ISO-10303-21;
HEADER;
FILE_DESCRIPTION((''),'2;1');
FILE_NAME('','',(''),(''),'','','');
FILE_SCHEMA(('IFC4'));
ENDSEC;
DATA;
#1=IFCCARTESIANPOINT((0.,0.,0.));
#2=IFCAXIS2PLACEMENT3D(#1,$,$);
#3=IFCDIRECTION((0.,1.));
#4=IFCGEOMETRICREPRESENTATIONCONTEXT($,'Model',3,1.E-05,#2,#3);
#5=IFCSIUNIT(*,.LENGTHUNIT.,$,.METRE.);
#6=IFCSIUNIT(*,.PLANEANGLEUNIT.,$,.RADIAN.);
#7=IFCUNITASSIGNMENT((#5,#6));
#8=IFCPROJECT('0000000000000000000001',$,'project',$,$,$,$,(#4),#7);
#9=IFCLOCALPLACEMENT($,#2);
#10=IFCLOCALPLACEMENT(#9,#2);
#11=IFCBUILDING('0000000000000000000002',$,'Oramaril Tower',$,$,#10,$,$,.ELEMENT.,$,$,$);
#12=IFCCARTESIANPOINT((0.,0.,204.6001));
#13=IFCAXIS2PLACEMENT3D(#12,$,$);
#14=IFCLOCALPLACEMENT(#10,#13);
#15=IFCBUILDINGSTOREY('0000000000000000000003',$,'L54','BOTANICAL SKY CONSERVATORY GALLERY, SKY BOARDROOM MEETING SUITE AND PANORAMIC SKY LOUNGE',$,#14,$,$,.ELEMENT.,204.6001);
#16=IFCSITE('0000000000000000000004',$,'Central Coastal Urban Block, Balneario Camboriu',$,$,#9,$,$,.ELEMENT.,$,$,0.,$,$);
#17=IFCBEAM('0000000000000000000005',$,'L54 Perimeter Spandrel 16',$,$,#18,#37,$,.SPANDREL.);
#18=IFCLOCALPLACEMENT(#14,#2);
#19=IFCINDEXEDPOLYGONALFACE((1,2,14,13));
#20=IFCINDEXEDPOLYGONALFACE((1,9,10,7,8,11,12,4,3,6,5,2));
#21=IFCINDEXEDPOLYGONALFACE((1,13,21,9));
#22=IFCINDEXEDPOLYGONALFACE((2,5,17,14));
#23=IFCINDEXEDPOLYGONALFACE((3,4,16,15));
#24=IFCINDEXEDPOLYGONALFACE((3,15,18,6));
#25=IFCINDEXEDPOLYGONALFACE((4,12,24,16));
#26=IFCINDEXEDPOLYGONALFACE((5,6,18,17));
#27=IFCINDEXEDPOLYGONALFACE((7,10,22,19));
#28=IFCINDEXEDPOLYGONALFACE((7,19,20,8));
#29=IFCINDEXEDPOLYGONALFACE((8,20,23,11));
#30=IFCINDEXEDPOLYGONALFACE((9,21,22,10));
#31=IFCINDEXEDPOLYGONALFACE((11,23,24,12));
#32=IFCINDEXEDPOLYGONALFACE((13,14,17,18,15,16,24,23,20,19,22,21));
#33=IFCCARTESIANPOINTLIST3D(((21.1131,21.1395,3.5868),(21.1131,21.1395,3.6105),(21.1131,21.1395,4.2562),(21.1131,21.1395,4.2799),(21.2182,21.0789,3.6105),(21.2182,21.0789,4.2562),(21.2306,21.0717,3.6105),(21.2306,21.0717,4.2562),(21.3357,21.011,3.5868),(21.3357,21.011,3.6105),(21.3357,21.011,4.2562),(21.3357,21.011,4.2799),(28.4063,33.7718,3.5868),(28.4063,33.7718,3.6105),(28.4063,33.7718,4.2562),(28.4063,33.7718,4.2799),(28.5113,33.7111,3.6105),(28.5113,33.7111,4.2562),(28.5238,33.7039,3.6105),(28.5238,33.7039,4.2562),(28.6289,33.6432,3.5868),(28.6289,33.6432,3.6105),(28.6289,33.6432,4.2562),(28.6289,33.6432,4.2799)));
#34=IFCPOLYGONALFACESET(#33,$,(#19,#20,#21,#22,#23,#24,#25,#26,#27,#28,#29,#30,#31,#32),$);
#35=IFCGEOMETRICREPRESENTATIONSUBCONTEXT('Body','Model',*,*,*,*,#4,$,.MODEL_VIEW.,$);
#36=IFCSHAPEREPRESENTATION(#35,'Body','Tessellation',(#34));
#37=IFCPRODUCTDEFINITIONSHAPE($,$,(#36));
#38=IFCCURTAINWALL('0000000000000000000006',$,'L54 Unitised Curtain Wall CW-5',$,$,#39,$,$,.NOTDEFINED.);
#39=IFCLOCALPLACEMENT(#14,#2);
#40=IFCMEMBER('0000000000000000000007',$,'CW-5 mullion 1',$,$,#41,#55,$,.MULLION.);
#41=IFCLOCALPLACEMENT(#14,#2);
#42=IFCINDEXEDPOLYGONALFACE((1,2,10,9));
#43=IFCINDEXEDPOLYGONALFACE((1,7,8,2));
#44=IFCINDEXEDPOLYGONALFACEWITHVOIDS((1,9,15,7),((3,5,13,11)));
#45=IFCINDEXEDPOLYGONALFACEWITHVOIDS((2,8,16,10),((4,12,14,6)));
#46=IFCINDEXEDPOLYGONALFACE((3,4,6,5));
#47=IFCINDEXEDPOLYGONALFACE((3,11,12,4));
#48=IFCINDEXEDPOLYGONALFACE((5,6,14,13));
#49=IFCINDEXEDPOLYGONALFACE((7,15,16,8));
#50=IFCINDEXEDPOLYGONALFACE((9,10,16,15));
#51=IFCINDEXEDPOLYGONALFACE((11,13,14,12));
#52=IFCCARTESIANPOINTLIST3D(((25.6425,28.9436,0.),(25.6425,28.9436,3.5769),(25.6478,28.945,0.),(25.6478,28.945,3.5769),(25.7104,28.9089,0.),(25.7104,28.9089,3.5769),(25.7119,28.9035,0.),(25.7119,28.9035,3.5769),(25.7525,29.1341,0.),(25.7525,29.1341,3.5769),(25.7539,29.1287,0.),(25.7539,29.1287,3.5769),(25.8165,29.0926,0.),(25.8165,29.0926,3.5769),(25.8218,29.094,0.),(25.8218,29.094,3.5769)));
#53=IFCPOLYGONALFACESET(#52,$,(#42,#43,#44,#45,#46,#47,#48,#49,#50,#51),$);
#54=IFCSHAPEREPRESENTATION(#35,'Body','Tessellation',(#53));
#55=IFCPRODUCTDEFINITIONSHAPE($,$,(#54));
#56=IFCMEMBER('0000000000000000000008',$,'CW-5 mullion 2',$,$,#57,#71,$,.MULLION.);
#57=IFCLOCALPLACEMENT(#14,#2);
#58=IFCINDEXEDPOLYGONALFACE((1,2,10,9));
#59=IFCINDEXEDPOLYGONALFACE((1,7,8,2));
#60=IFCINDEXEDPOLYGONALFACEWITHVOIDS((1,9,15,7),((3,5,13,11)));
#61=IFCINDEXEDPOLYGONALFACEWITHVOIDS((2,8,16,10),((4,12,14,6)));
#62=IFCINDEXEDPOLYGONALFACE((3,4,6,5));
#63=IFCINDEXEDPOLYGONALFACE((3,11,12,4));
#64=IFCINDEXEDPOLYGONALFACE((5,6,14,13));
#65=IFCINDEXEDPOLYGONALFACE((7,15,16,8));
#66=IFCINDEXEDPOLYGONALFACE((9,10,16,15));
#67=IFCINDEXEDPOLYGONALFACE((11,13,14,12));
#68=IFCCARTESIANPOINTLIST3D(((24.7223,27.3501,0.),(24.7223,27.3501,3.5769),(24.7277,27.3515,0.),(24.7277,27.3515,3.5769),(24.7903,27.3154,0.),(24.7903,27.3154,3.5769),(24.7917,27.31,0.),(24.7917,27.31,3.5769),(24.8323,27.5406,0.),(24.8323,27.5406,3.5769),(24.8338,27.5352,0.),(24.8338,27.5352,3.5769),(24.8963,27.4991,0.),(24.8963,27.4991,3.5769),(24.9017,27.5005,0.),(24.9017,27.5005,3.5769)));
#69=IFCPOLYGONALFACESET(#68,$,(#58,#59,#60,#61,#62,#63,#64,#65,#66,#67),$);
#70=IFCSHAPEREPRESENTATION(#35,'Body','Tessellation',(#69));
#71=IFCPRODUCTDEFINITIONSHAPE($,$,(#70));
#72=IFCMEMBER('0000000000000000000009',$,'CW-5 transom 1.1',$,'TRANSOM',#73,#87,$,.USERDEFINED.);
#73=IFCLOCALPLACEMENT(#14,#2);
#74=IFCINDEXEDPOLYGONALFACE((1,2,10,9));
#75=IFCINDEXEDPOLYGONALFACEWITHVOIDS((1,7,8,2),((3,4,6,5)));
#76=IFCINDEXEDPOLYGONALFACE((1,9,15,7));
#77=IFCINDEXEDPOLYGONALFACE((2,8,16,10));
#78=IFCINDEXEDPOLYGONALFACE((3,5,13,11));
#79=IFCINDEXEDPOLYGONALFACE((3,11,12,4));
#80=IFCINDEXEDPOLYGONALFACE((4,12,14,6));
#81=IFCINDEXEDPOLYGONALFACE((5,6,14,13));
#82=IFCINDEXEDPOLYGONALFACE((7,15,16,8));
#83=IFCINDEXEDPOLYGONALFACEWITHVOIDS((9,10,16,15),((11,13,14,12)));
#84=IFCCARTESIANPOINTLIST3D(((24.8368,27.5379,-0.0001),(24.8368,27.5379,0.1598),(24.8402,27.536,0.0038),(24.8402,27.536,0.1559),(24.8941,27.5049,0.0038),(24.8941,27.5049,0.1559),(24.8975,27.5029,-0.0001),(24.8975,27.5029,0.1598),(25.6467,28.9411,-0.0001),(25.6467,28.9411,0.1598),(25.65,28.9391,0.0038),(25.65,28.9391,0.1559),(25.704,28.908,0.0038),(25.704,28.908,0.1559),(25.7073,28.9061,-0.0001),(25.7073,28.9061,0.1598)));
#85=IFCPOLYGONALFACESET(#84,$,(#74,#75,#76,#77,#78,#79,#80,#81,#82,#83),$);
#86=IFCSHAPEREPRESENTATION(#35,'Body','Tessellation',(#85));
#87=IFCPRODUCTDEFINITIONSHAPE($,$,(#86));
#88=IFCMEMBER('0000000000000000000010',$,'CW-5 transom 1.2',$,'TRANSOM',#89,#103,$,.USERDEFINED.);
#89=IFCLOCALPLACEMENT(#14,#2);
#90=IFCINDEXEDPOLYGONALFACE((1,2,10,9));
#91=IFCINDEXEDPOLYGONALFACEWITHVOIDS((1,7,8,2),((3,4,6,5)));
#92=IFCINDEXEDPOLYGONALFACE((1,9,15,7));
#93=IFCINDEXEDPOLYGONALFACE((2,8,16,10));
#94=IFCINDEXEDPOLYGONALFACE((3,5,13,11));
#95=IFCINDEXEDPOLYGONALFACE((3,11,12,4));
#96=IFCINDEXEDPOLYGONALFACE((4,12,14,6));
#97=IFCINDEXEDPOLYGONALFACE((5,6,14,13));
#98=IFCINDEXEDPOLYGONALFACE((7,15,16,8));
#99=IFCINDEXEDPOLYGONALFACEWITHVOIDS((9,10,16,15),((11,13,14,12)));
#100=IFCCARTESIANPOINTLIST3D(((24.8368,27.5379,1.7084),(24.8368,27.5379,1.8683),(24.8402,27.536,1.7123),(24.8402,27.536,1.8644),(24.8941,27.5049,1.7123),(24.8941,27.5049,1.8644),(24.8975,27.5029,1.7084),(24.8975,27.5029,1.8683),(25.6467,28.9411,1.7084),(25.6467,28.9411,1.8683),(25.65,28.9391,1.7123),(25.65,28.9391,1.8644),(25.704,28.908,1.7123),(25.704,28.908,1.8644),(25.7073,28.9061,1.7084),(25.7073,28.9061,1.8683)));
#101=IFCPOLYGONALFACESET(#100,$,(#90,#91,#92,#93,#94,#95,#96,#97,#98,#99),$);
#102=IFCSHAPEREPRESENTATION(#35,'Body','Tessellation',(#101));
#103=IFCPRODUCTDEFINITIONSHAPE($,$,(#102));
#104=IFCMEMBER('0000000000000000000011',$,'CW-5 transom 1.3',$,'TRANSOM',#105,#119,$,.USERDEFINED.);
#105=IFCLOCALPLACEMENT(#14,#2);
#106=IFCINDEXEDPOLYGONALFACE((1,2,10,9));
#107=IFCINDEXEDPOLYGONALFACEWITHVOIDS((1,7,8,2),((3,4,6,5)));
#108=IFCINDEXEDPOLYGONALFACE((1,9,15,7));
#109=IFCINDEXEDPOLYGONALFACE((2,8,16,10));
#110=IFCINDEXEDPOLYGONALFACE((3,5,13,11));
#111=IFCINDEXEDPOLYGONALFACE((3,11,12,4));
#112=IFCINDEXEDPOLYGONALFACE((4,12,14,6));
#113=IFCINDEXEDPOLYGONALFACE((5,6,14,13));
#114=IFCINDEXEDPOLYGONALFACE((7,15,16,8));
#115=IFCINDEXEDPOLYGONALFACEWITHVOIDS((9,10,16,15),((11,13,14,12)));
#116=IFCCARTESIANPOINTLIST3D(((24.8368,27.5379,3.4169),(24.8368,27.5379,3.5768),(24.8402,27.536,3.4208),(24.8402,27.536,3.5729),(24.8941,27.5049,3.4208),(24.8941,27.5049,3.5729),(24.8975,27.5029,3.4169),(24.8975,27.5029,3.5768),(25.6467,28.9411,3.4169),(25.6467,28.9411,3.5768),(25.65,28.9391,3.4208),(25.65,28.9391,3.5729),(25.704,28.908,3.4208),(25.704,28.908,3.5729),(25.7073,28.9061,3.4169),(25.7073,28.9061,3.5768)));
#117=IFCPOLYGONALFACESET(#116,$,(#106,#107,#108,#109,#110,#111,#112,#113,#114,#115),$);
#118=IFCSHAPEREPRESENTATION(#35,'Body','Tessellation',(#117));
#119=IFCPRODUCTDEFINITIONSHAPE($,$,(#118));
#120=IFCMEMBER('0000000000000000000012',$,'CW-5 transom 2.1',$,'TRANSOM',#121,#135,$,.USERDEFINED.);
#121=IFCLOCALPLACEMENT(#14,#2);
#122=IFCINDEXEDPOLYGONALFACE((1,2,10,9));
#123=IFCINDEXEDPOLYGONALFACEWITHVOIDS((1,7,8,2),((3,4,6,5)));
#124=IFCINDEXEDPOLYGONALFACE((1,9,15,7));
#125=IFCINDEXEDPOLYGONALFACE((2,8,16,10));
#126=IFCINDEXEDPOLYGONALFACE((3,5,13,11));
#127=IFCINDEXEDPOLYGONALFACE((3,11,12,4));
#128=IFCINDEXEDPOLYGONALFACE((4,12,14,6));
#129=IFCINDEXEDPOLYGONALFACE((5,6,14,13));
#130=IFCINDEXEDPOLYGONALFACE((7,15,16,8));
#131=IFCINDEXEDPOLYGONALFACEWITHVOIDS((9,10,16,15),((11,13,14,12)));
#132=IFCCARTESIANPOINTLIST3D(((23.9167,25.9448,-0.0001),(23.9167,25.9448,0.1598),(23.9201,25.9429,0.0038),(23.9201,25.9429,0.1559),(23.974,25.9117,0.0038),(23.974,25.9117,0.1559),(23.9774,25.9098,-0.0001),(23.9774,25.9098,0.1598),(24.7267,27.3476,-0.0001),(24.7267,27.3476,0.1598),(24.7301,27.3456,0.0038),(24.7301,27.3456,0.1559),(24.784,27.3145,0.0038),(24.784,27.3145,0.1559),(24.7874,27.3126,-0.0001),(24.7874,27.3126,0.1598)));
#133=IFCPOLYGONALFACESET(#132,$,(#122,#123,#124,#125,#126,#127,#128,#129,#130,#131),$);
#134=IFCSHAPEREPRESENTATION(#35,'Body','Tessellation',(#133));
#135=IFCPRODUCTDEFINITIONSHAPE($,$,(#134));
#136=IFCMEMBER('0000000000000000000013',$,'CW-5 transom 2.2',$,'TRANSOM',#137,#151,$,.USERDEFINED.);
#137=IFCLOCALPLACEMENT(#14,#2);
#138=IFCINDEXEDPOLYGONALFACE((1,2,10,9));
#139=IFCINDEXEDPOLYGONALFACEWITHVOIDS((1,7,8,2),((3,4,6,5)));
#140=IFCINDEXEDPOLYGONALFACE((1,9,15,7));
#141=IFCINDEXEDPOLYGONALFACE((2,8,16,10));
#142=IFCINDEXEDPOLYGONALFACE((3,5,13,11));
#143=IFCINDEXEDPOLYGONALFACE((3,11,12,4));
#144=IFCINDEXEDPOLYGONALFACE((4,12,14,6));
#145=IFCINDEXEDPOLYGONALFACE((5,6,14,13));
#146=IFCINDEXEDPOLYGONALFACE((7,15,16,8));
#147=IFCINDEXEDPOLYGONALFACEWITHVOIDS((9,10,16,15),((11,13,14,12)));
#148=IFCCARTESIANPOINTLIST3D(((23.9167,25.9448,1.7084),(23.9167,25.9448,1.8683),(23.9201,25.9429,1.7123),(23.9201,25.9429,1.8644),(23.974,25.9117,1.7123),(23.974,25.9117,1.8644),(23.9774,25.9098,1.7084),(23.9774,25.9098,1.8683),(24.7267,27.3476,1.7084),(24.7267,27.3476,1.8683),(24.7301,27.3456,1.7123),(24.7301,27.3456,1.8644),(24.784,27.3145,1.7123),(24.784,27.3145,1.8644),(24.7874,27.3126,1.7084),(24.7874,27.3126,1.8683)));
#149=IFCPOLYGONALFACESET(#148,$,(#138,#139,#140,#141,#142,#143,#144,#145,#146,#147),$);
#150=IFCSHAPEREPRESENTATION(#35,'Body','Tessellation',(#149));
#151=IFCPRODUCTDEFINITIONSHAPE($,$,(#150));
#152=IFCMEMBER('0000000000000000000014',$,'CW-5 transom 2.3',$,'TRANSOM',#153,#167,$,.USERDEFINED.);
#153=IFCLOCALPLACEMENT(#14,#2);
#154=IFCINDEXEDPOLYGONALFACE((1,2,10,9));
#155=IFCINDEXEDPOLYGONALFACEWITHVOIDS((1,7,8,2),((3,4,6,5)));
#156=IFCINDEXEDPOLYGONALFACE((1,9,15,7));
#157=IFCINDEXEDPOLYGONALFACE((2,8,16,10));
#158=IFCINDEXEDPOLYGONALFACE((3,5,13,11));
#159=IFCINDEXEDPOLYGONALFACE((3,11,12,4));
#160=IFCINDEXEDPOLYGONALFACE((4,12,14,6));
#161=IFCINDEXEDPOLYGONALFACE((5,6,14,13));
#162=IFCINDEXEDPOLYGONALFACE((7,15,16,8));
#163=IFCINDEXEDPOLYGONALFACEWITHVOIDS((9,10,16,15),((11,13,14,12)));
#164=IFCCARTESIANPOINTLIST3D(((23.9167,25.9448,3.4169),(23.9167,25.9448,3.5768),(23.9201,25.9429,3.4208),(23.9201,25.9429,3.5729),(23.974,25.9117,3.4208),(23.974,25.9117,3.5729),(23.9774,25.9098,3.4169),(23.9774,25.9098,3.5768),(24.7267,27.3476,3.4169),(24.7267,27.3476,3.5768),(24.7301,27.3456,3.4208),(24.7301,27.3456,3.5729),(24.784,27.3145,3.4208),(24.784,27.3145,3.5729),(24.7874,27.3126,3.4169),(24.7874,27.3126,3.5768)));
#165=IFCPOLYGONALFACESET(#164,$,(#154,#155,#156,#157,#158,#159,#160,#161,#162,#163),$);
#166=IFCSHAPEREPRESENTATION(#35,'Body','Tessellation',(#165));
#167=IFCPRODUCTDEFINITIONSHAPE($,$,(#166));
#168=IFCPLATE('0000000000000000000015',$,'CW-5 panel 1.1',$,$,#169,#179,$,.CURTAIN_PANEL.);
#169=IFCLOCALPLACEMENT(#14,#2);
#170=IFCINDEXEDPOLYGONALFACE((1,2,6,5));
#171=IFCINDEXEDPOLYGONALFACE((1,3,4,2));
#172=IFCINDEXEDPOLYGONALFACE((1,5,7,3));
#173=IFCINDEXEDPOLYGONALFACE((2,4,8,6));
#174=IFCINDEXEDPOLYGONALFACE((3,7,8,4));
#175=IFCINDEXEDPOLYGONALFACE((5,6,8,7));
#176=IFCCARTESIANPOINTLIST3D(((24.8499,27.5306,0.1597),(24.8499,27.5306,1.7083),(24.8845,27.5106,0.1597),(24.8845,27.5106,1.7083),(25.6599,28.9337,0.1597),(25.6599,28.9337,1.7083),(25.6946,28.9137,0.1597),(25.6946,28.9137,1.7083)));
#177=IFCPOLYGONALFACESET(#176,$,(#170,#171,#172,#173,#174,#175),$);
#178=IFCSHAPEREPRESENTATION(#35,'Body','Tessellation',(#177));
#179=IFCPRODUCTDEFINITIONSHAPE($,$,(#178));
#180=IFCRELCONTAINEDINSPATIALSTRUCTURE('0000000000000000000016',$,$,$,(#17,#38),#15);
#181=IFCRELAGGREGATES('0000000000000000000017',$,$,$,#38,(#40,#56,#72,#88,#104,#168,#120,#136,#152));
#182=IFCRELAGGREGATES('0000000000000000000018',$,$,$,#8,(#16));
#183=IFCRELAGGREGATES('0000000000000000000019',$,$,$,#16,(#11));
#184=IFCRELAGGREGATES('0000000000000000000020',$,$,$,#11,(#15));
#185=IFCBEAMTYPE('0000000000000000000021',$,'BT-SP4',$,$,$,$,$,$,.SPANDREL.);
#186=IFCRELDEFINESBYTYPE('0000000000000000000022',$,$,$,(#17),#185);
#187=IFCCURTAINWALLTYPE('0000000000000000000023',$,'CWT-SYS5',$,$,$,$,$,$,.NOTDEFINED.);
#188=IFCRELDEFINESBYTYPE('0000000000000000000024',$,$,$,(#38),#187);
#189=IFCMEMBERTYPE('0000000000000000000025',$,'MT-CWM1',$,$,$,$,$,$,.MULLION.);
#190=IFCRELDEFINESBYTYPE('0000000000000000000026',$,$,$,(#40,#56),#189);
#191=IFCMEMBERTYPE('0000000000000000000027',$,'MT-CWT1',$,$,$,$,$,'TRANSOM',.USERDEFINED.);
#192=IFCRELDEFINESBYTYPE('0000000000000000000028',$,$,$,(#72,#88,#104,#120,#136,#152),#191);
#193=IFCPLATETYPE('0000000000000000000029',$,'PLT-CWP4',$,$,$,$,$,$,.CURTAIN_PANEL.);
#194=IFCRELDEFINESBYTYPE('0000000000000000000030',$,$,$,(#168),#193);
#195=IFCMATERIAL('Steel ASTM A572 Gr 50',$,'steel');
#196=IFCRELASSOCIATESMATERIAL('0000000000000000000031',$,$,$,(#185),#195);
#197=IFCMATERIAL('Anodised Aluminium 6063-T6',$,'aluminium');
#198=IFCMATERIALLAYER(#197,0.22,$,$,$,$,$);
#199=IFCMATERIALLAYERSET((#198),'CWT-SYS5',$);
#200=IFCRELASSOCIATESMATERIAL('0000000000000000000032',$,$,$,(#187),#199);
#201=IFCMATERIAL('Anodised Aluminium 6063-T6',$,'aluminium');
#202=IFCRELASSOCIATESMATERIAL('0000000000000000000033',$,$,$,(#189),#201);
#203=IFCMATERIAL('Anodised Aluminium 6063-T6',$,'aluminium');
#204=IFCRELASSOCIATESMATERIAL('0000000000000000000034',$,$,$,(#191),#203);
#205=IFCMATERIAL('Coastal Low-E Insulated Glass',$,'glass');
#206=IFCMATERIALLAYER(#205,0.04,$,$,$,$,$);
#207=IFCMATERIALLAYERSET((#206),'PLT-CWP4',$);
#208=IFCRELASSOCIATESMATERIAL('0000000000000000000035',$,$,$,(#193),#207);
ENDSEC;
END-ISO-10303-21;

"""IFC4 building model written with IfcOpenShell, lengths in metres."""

from ifc_helpers import new_model, si_unit, direction, frame, origin, origin_2d, place, context, subcontext, project, spatial, rectangle, hollow_rectangle, i_section, extrude, material, layer, layer_set, material_profile, profile_set, type_object, element, aggregate, save


model = new_model("IFC4")

# Units and contexts
model_context = context("Model", 3, precision=1e-05, world=origin(), true_north=direction((0.0, 1.0)))
body_context = subcontext(model_context, "Body", "Model", "MODEL_VIEW")
ifc_project = project(units=[si_unit("LENGTHUNIT", "METRE"), si_unit("PLANEANGLEUNIT", "RADIAN")], contexts=[model_context])

# Site, building, storey
site_placement = place(None, origin())
site = spatial("IfcSite", under=ifc_project, at=site_placement, Name="Central Coastal Urban Block, Balneario Camboriu", CompositionType="ELEMENT", RefElevation=0.0)
building_placement = place(site_placement, origin())
building = spatial("IfcBuilding", under=site, at=building_placement, Name="Oramaril Tower", CompositionType="ELEMENT")
storey_placement = place(building_placement, frame((0.0, 0.0, 204.6001)))
storey = spatial("IfcBuildingStorey", under=building, at=storey_placement, Name="L54", Description="BOTANICAL SKY CONSERVATORY GALLERY, SKY BOARDROOM MEETING SUITE AND PANORAMIC SKY LOUNGE", CompositionType="ELEMENT", Elevation=204.6001)

# Beam
ifc_material_1 = material(Name="Steel ASTM A572 Gr 50", Category="steel")
ifc_material_profile_1 = material_profile(ifc_material_1, i_section(OverallWidth=0.2571, OverallDepth=0.6931, WebThickness=0.0144, FlangeThickness=0.0237, at=origin_2d()), Name="W27X114")
ifc_profile_set_1 = profile_set([ifc_material_profile_1], Name="Steel ASTM A572 Gr 50")
beam_type = type_object("IfcBeamType", Name="BT-SP4", PredefinedType="SPANDREL", material=ifc_profile_set_1)
beam_placement = place(storey_placement, frame((28.5176, 33.7075, 3.9333), z_axis=(-0.499997, -0.866027, 0.0), x_axis=(0.866027, -0.499997, 0.0)))
element("IfcBeam", 1, at=beam_placement, inside=storey, type_object=beam_type, Name="L54 Perimeter Spandrel 16", PredefinedType="SPANDREL", context=body_context, shape_type="SweptSolid", body=[
    extrude(i_section(OverallWidth=0.2571, OverallDepth=0.6931, WebThickness=0.0144, FlangeThickness=0.0237, at=origin_2d()), origin(), (0.0, 0.0, 1.0), 14.5864),
])

# Curtain wall, members, plate
ifc_material_2 = material(Name="Anodised Aluminium 6063-T6", Category="aluminium")
ifc_layer_1 = layer(ifc_material_2, 0.22)
ifc_layer_set_1 = layer_set([ifc_layer_1], Name="CWT-SYS5")
curtain_wall_type = type_object("IfcCurtainWallType", Name="CWT-SYS5", PredefinedType="NOTDEFINED", material=ifc_layer_set_1)
curtain_wall_placement = place(storey_placement, origin())
curtain_wall = element("IfcCurtainWall", 2, at=curtain_wall_placement, inside=storey, type_object=curtain_wall_type, Name="L54 Unitised Curtain Wall CW-5", PredefinedType="NOTDEFINED")
ifc_material_3 = material(Name="Anodised Aluminium 6063-T6", Category="aluminium")
ifc_material_profile_2 = material_profile(ifc_material_3, hollow_rectangle(XDim=0.0801, YDim=0.22, WallThickness=0.0039, at=origin_2d()), Name="CWM220X80")
ifc_profile_set_2 = profile_set([ifc_material_profile_2], Name="Anodised Aluminium 6063-T6")
member_type_1 = type_object("IfcMemberType", Name="MT-CWM1", PredefinedType="MULLION", material=ifc_profile_set_2)
member_1_placement = place(storey_placement, frame((25.7322, 29.0188, 0.0), z_axis=(0.0, 0.0, 1.0), x_axis=(0.866025, -0.5, 0.0)))
member_1 = element("IfcMember", 3, at=member_1_placement, type_object=member_type_1, Name="CW-5 mullion 1", PredefinedType="MULLION", context=body_context, shape_type="SweptSolid", body=[
    extrude(hollow_rectangle(XDim=0.0801, YDim=0.22, WallThickness=0.0039, at=origin_2d()), origin(), (0.0, 0.0, 1.0), 3.5769),
])
member_2_placement = place(storey_placement, frame((24.812, 27.4253, 0.0), z_axis=(0.0, 0.0, 1.0), x_axis=(0.866025, -0.5, 0.0)))
member_2 = element("IfcMember", 4, at=member_2_placement, type_object=member_type_1, Name="CW-5 mullion 2", PredefinedType="MULLION", context=body_context, shape_type="SweptSolid", body=[
    extrude(hollow_rectangle(XDim=0.0801, YDim=0.22, WallThickness=0.0039, at=origin_2d()), origin(), (0.0, 0.0, 1.0), 3.5769),
])
ifc_material_4 = material(Name="Anodised Aluminium 6063-T6", Category="aluminium")
ifc_material_profile_3 = material_profile(ifc_material_4, hollow_rectangle(XDim=0.0701, YDim=0.1599, WallThickness=0.0039, at=origin_2d()), Name="CWT160X70")
ifc_profile_set_3 = profile_set([ifc_material_profile_3], Name="Anodised Aluminium 6063-T6")
member_type_2 = type_object("IfcMemberType", Name="MT-CWT1", ElementType="TRANSOM", PredefinedType="USERDEFINED", material=ifc_profile_set_3)
member_3_placement = place(storey_placement, frame((25.677, 28.9236, 0.0798), z_axis=(-0.499883, -0.866093, 0.0), x_axis=(0.866093, -0.499883, 0.0)))
member_3 = element("IfcMember", 5, at=member_3_placement, type_object=member_type_2, Name="CW-5 transom 1.1", ObjectType="TRANSOM", PredefinedType="USERDEFINED", context=body_context, shape_type="SweptSolid", body=[
    extrude(hollow_rectangle(XDim=0.0701, YDim=0.1599, WallThickness=0.0039, at=origin_2d()), origin(), (0.0, 0.0, 1.0), 1.6201),
])
member_4_placement = place(storey_placement, frame((25.677, 28.9236, 1.7883), z_axis=(-0.499883, -0.866093, 0.0), x_axis=(0.866093, -0.499883, 0.0)))
member_4 = element("IfcMember", 6, at=member_4_placement, type_object=member_type_2, Name="CW-5 transom 1.2", ObjectType="TRANSOM", PredefinedType="USERDEFINED", context=body_context, shape_type="SweptSolid", body=[
    extrude(hollow_rectangle(XDim=0.0701, YDim=0.1599, WallThickness=0.0039, at=origin_2d()), origin(), (0.0, 0.0, 1.0), 1.6201),
])
member_5_placement = place(storey_placement, frame((25.677, 28.9236, 3.4968), z_axis=(-0.499883, -0.866093, 0.0), x_axis=(0.866093, -0.499883, 0.0)))
member_5 = element("IfcMember", 7, at=member_5_placement, type_object=member_type_2, Name="CW-5 transom 1.3", ObjectType="TRANSOM", PredefinedType="USERDEFINED", context=body_context, shape_type="SweptSolid", body=[
    extrude(hollow_rectangle(XDim=0.0701, YDim=0.1599, WallThickness=0.0039, at=origin_2d()), origin(), (0.0, 0.0, 1.0), 1.6201),
])
member_6_placement = place(storey_placement, frame((24.7571, 27.3301, 0.0798), z_axis=(-0.500062, -0.86599, 0.0), x_axis=(0.86599, -0.500062, 0.0)))
member_6 = element("IfcMember", 8, at=member_6_placement, type_object=member_type_2, Name="CW-5 transom 2.1", ObjectType="TRANSOM", PredefinedType="USERDEFINED", context=body_context, shape_type="SweptSolid", body=[
    extrude(hollow_rectangle(XDim=0.0701, YDim=0.1599, WallThickness=0.0039, at=origin_2d()), origin(), (0.0, 0.0, 1.0), 1.6199),
])
member_7_placement = place(storey_placement, frame((24.7571, 27.3301, 1.7883), z_axis=(-0.500062, -0.86599, 0.0), x_axis=(0.86599, -0.500062, 0.0)))
member_7 = element("IfcMember", 9, at=member_7_placement, type_object=member_type_2, Name="CW-5 transom 2.2", ObjectType="TRANSOM", PredefinedType="USERDEFINED", context=body_context, shape_type="SweptSolid", body=[
    extrude(hollow_rectangle(XDim=0.0701, YDim=0.1599, WallThickness=0.0039, at=origin_2d()), origin(), (0.0, 0.0, 1.0), 1.6199),
])
member_8_placement = place(storey_placement, frame((24.7571, 27.3301, 3.4968), z_axis=(-0.500062, -0.86599, 0.0), x_axis=(0.86599, -0.500062, 0.0)))
member_8 = element("IfcMember", 10, at=member_8_placement, type_object=member_type_2, Name="CW-5 transom 2.3", ObjectType="TRANSOM", PredefinedType="USERDEFINED", context=body_context, shape_type="SweptSolid", body=[
    extrude(hollow_rectangle(XDim=0.0701, YDim=0.1599, WallThickness=0.0039, at=origin_2d()), origin(), (0.0, 0.0, 1.0), 1.6199),
])
ifc_material_5 = material(Name="Coastal Low-E Insulated Glass", Category="glass")
ifc_layer_2 = layer(ifc_material_5, 0.04)
ifc_layer_set_2 = layer_set([ifc_layer_2], Name="PLT-CWP4")
plate_type = type_object("IfcPlateType", Name="PLT-CWP4", PredefinedType="CURTAIN_PANEL", material=ifc_layer_set_2)
plate_1_placement = place(storey_placement, frame((25.2722, 28.2222, 0.1597), z_axis=(0.0, 0.0, 1.0), x_axis=(-0.5, -0.866025, 0.0)))
plate_1 = element("IfcPlate", 11, at=plate_1_placement, type_object=plate_type, Name="CW-5 panel 1.1", PredefinedType="CURTAIN_PANEL", context=body_context, shape_type="SweptSolid", body=[
    extrude(rectangle(XDim=1.6201, YDim=0.04, at=origin_2d()), origin(), (0.0, 0.0, 1.0), 1.5486),
])
aggregate(curtain_wall, [member_1, member_2, member_3, member_4, member_5, plate_1, member_6, member_7, member_8])

save(model, "model.ifc")
